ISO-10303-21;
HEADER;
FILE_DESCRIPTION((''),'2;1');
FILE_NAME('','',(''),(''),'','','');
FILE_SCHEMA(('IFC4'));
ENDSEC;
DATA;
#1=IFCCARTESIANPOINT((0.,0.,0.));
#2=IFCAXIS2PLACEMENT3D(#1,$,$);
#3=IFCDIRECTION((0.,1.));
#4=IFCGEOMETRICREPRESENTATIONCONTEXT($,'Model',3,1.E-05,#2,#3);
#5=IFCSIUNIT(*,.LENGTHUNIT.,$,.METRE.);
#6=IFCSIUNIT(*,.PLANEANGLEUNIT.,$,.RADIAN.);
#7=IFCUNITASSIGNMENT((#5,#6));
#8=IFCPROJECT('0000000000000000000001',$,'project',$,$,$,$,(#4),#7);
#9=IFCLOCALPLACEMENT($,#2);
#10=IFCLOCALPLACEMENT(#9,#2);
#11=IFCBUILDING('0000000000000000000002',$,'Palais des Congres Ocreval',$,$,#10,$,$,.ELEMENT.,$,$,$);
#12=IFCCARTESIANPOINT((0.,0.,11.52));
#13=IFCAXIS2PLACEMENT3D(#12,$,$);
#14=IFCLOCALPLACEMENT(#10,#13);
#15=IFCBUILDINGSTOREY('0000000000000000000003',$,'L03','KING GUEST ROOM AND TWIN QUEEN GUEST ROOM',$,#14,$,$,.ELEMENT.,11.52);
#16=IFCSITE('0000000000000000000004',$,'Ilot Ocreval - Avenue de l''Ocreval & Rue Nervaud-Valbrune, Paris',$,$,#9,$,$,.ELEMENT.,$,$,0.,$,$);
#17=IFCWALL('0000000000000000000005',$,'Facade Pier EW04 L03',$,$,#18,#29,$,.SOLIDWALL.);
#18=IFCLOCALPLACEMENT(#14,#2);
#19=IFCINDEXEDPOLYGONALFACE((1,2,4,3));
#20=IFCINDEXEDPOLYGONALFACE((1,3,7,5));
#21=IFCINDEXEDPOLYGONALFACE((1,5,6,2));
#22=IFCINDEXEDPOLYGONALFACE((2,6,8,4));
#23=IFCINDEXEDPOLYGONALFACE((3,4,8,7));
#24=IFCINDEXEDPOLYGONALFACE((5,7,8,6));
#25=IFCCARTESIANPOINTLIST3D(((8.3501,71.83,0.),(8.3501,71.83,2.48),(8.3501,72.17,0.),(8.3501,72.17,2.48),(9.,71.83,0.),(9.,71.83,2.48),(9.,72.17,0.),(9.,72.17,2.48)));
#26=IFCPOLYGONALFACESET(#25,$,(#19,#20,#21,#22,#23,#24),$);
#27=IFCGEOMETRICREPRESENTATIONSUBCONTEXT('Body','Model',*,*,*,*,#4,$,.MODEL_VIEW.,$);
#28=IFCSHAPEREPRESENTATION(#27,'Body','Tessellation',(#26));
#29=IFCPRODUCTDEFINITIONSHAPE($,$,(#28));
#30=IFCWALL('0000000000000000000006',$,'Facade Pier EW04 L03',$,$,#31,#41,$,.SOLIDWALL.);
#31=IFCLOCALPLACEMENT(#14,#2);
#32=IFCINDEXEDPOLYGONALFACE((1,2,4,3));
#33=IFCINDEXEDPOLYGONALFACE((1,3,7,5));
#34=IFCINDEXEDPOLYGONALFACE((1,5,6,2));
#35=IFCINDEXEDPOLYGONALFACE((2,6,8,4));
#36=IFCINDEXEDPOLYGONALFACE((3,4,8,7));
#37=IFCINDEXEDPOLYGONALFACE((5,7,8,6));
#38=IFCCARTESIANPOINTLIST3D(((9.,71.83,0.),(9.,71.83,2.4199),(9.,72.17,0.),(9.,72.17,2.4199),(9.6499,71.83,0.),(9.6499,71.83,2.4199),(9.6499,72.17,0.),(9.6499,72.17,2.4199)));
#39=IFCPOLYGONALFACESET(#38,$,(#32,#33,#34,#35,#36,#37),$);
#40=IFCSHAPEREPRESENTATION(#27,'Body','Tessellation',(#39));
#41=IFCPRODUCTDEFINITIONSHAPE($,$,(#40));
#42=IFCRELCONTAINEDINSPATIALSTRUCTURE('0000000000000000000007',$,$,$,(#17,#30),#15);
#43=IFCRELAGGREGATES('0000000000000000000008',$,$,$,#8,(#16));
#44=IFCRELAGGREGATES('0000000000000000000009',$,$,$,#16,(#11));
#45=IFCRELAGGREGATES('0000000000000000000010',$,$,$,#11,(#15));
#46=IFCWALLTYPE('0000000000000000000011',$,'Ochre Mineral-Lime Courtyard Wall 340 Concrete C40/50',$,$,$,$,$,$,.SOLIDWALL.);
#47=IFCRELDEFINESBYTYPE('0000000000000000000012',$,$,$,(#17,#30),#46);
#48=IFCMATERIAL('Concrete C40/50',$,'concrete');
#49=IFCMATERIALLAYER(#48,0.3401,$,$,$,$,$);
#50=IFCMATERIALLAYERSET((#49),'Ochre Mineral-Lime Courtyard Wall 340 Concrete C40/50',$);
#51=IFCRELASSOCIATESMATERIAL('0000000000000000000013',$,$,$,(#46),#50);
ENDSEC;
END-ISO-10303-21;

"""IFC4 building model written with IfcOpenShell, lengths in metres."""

from ifc_helpers import new_model, si_unit, direction, frame, frame_2d, origin, place, context, subcontext, project, spatial, rectangle, extrude, material, layer, layer_set, type_object, element, save


model = new_model("IFC4")

# Units and contexts
model_context = context("Model", 3, precision=1e-05, world=origin(), true_north=direction((0.0, 1.0)))
body_context = subcontext(model_context, "Body", "Model", "MODEL_VIEW")
ifc_project = project(units=[si_unit("LENGTHUNIT", "METRE"), si_unit("PLANEANGLEUNIT", "RADIAN")], contexts=[model_context])

# Site, building, storey
site_placement = place(None, origin())
site = spatial("IfcSite", under=ifc_project, at=site_placement, Name="Ilot Ocreval - Avenue de l'Ocreval & Rue Nervaud-Valbrune, Paris", CompositionType="ELEMENT", RefElevation=0.0)
building_placement = place(site_placement, origin())
building = spatial("IfcBuilding", under=site, at=building_placement, Name="Palais des Congres Ocreval", CompositionType="ELEMENT")
storey_placement = place(building_placement, frame((0.0, 0.0, 11.52)))
storey = spatial("IfcBuildingStorey", under=building, at=storey_placement, Name="L03", Description="KING GUEST ROOM AND TWIN QUEEN GUEST ROOM", CompositionType="ELEMENT", Elevation=11.52)

# Shared definitions
ifc_material_1 = material(Name="Concrete C40/50", Category="concrete")

# Walls
ifc_layer_1 = layer(ifc_material_1, 0.3401)
ifc_layer_set_1 = layer_set([ifc_layer_1], Name="Ochre Mineral-Lime Courtyard Wall 340 Concrete C40/50")
wall_type = type_object("IfcWallType", Name="Ochre Mineral-Lime Courtyard Wall 340 Concrete C40/50", PredefinedType="SOLIDWALL", material=ifc_layer_set_1)
wall_1_placement = place(storey_placement, frame((8.3501, 72.0, 0.0), z_axis=(0.0, 0.0, 1.0), x_axis=(1.0, 0.0, 0.0)))
element("IfcWall", 1, at=wall_1_placement, inside=storey, type_object=wall_type, Name="Facade Pier EW04 L03", PredefinedType="SOLIDWALL", context=body_context, shape_type="SweptSolid", body=[
    extrude(rectangle(XDim=0.6499, YDim=0.3401, at=frame_2d((0.325, 0.0))), origin(), (0.0, 0.0, 1.0), 2.48),
])
wall_2_placement = place(storey_placement, frame((9.0, 72.0, 0.0), z_axis=(0.0, 0.0, 1.0), x_axis=(1.0, 0.0, 0.0)))
element("IfcWall", 2, at=wall_2_placement, inside=storey, type_object=wall_type, Name="Facade Pier EW04 L03", PredefinedType="SOLIDWALL", context=body_context, shape_type="SweptSolid", body=[
    extrude(rectangle(XDim=0.6499, YDim=0.3401, at=frame_2d((0.325, 0.0))), origin(), (0.0, 0.0, 1.0), 2.4199),
])

save(model, "model.ifc")
